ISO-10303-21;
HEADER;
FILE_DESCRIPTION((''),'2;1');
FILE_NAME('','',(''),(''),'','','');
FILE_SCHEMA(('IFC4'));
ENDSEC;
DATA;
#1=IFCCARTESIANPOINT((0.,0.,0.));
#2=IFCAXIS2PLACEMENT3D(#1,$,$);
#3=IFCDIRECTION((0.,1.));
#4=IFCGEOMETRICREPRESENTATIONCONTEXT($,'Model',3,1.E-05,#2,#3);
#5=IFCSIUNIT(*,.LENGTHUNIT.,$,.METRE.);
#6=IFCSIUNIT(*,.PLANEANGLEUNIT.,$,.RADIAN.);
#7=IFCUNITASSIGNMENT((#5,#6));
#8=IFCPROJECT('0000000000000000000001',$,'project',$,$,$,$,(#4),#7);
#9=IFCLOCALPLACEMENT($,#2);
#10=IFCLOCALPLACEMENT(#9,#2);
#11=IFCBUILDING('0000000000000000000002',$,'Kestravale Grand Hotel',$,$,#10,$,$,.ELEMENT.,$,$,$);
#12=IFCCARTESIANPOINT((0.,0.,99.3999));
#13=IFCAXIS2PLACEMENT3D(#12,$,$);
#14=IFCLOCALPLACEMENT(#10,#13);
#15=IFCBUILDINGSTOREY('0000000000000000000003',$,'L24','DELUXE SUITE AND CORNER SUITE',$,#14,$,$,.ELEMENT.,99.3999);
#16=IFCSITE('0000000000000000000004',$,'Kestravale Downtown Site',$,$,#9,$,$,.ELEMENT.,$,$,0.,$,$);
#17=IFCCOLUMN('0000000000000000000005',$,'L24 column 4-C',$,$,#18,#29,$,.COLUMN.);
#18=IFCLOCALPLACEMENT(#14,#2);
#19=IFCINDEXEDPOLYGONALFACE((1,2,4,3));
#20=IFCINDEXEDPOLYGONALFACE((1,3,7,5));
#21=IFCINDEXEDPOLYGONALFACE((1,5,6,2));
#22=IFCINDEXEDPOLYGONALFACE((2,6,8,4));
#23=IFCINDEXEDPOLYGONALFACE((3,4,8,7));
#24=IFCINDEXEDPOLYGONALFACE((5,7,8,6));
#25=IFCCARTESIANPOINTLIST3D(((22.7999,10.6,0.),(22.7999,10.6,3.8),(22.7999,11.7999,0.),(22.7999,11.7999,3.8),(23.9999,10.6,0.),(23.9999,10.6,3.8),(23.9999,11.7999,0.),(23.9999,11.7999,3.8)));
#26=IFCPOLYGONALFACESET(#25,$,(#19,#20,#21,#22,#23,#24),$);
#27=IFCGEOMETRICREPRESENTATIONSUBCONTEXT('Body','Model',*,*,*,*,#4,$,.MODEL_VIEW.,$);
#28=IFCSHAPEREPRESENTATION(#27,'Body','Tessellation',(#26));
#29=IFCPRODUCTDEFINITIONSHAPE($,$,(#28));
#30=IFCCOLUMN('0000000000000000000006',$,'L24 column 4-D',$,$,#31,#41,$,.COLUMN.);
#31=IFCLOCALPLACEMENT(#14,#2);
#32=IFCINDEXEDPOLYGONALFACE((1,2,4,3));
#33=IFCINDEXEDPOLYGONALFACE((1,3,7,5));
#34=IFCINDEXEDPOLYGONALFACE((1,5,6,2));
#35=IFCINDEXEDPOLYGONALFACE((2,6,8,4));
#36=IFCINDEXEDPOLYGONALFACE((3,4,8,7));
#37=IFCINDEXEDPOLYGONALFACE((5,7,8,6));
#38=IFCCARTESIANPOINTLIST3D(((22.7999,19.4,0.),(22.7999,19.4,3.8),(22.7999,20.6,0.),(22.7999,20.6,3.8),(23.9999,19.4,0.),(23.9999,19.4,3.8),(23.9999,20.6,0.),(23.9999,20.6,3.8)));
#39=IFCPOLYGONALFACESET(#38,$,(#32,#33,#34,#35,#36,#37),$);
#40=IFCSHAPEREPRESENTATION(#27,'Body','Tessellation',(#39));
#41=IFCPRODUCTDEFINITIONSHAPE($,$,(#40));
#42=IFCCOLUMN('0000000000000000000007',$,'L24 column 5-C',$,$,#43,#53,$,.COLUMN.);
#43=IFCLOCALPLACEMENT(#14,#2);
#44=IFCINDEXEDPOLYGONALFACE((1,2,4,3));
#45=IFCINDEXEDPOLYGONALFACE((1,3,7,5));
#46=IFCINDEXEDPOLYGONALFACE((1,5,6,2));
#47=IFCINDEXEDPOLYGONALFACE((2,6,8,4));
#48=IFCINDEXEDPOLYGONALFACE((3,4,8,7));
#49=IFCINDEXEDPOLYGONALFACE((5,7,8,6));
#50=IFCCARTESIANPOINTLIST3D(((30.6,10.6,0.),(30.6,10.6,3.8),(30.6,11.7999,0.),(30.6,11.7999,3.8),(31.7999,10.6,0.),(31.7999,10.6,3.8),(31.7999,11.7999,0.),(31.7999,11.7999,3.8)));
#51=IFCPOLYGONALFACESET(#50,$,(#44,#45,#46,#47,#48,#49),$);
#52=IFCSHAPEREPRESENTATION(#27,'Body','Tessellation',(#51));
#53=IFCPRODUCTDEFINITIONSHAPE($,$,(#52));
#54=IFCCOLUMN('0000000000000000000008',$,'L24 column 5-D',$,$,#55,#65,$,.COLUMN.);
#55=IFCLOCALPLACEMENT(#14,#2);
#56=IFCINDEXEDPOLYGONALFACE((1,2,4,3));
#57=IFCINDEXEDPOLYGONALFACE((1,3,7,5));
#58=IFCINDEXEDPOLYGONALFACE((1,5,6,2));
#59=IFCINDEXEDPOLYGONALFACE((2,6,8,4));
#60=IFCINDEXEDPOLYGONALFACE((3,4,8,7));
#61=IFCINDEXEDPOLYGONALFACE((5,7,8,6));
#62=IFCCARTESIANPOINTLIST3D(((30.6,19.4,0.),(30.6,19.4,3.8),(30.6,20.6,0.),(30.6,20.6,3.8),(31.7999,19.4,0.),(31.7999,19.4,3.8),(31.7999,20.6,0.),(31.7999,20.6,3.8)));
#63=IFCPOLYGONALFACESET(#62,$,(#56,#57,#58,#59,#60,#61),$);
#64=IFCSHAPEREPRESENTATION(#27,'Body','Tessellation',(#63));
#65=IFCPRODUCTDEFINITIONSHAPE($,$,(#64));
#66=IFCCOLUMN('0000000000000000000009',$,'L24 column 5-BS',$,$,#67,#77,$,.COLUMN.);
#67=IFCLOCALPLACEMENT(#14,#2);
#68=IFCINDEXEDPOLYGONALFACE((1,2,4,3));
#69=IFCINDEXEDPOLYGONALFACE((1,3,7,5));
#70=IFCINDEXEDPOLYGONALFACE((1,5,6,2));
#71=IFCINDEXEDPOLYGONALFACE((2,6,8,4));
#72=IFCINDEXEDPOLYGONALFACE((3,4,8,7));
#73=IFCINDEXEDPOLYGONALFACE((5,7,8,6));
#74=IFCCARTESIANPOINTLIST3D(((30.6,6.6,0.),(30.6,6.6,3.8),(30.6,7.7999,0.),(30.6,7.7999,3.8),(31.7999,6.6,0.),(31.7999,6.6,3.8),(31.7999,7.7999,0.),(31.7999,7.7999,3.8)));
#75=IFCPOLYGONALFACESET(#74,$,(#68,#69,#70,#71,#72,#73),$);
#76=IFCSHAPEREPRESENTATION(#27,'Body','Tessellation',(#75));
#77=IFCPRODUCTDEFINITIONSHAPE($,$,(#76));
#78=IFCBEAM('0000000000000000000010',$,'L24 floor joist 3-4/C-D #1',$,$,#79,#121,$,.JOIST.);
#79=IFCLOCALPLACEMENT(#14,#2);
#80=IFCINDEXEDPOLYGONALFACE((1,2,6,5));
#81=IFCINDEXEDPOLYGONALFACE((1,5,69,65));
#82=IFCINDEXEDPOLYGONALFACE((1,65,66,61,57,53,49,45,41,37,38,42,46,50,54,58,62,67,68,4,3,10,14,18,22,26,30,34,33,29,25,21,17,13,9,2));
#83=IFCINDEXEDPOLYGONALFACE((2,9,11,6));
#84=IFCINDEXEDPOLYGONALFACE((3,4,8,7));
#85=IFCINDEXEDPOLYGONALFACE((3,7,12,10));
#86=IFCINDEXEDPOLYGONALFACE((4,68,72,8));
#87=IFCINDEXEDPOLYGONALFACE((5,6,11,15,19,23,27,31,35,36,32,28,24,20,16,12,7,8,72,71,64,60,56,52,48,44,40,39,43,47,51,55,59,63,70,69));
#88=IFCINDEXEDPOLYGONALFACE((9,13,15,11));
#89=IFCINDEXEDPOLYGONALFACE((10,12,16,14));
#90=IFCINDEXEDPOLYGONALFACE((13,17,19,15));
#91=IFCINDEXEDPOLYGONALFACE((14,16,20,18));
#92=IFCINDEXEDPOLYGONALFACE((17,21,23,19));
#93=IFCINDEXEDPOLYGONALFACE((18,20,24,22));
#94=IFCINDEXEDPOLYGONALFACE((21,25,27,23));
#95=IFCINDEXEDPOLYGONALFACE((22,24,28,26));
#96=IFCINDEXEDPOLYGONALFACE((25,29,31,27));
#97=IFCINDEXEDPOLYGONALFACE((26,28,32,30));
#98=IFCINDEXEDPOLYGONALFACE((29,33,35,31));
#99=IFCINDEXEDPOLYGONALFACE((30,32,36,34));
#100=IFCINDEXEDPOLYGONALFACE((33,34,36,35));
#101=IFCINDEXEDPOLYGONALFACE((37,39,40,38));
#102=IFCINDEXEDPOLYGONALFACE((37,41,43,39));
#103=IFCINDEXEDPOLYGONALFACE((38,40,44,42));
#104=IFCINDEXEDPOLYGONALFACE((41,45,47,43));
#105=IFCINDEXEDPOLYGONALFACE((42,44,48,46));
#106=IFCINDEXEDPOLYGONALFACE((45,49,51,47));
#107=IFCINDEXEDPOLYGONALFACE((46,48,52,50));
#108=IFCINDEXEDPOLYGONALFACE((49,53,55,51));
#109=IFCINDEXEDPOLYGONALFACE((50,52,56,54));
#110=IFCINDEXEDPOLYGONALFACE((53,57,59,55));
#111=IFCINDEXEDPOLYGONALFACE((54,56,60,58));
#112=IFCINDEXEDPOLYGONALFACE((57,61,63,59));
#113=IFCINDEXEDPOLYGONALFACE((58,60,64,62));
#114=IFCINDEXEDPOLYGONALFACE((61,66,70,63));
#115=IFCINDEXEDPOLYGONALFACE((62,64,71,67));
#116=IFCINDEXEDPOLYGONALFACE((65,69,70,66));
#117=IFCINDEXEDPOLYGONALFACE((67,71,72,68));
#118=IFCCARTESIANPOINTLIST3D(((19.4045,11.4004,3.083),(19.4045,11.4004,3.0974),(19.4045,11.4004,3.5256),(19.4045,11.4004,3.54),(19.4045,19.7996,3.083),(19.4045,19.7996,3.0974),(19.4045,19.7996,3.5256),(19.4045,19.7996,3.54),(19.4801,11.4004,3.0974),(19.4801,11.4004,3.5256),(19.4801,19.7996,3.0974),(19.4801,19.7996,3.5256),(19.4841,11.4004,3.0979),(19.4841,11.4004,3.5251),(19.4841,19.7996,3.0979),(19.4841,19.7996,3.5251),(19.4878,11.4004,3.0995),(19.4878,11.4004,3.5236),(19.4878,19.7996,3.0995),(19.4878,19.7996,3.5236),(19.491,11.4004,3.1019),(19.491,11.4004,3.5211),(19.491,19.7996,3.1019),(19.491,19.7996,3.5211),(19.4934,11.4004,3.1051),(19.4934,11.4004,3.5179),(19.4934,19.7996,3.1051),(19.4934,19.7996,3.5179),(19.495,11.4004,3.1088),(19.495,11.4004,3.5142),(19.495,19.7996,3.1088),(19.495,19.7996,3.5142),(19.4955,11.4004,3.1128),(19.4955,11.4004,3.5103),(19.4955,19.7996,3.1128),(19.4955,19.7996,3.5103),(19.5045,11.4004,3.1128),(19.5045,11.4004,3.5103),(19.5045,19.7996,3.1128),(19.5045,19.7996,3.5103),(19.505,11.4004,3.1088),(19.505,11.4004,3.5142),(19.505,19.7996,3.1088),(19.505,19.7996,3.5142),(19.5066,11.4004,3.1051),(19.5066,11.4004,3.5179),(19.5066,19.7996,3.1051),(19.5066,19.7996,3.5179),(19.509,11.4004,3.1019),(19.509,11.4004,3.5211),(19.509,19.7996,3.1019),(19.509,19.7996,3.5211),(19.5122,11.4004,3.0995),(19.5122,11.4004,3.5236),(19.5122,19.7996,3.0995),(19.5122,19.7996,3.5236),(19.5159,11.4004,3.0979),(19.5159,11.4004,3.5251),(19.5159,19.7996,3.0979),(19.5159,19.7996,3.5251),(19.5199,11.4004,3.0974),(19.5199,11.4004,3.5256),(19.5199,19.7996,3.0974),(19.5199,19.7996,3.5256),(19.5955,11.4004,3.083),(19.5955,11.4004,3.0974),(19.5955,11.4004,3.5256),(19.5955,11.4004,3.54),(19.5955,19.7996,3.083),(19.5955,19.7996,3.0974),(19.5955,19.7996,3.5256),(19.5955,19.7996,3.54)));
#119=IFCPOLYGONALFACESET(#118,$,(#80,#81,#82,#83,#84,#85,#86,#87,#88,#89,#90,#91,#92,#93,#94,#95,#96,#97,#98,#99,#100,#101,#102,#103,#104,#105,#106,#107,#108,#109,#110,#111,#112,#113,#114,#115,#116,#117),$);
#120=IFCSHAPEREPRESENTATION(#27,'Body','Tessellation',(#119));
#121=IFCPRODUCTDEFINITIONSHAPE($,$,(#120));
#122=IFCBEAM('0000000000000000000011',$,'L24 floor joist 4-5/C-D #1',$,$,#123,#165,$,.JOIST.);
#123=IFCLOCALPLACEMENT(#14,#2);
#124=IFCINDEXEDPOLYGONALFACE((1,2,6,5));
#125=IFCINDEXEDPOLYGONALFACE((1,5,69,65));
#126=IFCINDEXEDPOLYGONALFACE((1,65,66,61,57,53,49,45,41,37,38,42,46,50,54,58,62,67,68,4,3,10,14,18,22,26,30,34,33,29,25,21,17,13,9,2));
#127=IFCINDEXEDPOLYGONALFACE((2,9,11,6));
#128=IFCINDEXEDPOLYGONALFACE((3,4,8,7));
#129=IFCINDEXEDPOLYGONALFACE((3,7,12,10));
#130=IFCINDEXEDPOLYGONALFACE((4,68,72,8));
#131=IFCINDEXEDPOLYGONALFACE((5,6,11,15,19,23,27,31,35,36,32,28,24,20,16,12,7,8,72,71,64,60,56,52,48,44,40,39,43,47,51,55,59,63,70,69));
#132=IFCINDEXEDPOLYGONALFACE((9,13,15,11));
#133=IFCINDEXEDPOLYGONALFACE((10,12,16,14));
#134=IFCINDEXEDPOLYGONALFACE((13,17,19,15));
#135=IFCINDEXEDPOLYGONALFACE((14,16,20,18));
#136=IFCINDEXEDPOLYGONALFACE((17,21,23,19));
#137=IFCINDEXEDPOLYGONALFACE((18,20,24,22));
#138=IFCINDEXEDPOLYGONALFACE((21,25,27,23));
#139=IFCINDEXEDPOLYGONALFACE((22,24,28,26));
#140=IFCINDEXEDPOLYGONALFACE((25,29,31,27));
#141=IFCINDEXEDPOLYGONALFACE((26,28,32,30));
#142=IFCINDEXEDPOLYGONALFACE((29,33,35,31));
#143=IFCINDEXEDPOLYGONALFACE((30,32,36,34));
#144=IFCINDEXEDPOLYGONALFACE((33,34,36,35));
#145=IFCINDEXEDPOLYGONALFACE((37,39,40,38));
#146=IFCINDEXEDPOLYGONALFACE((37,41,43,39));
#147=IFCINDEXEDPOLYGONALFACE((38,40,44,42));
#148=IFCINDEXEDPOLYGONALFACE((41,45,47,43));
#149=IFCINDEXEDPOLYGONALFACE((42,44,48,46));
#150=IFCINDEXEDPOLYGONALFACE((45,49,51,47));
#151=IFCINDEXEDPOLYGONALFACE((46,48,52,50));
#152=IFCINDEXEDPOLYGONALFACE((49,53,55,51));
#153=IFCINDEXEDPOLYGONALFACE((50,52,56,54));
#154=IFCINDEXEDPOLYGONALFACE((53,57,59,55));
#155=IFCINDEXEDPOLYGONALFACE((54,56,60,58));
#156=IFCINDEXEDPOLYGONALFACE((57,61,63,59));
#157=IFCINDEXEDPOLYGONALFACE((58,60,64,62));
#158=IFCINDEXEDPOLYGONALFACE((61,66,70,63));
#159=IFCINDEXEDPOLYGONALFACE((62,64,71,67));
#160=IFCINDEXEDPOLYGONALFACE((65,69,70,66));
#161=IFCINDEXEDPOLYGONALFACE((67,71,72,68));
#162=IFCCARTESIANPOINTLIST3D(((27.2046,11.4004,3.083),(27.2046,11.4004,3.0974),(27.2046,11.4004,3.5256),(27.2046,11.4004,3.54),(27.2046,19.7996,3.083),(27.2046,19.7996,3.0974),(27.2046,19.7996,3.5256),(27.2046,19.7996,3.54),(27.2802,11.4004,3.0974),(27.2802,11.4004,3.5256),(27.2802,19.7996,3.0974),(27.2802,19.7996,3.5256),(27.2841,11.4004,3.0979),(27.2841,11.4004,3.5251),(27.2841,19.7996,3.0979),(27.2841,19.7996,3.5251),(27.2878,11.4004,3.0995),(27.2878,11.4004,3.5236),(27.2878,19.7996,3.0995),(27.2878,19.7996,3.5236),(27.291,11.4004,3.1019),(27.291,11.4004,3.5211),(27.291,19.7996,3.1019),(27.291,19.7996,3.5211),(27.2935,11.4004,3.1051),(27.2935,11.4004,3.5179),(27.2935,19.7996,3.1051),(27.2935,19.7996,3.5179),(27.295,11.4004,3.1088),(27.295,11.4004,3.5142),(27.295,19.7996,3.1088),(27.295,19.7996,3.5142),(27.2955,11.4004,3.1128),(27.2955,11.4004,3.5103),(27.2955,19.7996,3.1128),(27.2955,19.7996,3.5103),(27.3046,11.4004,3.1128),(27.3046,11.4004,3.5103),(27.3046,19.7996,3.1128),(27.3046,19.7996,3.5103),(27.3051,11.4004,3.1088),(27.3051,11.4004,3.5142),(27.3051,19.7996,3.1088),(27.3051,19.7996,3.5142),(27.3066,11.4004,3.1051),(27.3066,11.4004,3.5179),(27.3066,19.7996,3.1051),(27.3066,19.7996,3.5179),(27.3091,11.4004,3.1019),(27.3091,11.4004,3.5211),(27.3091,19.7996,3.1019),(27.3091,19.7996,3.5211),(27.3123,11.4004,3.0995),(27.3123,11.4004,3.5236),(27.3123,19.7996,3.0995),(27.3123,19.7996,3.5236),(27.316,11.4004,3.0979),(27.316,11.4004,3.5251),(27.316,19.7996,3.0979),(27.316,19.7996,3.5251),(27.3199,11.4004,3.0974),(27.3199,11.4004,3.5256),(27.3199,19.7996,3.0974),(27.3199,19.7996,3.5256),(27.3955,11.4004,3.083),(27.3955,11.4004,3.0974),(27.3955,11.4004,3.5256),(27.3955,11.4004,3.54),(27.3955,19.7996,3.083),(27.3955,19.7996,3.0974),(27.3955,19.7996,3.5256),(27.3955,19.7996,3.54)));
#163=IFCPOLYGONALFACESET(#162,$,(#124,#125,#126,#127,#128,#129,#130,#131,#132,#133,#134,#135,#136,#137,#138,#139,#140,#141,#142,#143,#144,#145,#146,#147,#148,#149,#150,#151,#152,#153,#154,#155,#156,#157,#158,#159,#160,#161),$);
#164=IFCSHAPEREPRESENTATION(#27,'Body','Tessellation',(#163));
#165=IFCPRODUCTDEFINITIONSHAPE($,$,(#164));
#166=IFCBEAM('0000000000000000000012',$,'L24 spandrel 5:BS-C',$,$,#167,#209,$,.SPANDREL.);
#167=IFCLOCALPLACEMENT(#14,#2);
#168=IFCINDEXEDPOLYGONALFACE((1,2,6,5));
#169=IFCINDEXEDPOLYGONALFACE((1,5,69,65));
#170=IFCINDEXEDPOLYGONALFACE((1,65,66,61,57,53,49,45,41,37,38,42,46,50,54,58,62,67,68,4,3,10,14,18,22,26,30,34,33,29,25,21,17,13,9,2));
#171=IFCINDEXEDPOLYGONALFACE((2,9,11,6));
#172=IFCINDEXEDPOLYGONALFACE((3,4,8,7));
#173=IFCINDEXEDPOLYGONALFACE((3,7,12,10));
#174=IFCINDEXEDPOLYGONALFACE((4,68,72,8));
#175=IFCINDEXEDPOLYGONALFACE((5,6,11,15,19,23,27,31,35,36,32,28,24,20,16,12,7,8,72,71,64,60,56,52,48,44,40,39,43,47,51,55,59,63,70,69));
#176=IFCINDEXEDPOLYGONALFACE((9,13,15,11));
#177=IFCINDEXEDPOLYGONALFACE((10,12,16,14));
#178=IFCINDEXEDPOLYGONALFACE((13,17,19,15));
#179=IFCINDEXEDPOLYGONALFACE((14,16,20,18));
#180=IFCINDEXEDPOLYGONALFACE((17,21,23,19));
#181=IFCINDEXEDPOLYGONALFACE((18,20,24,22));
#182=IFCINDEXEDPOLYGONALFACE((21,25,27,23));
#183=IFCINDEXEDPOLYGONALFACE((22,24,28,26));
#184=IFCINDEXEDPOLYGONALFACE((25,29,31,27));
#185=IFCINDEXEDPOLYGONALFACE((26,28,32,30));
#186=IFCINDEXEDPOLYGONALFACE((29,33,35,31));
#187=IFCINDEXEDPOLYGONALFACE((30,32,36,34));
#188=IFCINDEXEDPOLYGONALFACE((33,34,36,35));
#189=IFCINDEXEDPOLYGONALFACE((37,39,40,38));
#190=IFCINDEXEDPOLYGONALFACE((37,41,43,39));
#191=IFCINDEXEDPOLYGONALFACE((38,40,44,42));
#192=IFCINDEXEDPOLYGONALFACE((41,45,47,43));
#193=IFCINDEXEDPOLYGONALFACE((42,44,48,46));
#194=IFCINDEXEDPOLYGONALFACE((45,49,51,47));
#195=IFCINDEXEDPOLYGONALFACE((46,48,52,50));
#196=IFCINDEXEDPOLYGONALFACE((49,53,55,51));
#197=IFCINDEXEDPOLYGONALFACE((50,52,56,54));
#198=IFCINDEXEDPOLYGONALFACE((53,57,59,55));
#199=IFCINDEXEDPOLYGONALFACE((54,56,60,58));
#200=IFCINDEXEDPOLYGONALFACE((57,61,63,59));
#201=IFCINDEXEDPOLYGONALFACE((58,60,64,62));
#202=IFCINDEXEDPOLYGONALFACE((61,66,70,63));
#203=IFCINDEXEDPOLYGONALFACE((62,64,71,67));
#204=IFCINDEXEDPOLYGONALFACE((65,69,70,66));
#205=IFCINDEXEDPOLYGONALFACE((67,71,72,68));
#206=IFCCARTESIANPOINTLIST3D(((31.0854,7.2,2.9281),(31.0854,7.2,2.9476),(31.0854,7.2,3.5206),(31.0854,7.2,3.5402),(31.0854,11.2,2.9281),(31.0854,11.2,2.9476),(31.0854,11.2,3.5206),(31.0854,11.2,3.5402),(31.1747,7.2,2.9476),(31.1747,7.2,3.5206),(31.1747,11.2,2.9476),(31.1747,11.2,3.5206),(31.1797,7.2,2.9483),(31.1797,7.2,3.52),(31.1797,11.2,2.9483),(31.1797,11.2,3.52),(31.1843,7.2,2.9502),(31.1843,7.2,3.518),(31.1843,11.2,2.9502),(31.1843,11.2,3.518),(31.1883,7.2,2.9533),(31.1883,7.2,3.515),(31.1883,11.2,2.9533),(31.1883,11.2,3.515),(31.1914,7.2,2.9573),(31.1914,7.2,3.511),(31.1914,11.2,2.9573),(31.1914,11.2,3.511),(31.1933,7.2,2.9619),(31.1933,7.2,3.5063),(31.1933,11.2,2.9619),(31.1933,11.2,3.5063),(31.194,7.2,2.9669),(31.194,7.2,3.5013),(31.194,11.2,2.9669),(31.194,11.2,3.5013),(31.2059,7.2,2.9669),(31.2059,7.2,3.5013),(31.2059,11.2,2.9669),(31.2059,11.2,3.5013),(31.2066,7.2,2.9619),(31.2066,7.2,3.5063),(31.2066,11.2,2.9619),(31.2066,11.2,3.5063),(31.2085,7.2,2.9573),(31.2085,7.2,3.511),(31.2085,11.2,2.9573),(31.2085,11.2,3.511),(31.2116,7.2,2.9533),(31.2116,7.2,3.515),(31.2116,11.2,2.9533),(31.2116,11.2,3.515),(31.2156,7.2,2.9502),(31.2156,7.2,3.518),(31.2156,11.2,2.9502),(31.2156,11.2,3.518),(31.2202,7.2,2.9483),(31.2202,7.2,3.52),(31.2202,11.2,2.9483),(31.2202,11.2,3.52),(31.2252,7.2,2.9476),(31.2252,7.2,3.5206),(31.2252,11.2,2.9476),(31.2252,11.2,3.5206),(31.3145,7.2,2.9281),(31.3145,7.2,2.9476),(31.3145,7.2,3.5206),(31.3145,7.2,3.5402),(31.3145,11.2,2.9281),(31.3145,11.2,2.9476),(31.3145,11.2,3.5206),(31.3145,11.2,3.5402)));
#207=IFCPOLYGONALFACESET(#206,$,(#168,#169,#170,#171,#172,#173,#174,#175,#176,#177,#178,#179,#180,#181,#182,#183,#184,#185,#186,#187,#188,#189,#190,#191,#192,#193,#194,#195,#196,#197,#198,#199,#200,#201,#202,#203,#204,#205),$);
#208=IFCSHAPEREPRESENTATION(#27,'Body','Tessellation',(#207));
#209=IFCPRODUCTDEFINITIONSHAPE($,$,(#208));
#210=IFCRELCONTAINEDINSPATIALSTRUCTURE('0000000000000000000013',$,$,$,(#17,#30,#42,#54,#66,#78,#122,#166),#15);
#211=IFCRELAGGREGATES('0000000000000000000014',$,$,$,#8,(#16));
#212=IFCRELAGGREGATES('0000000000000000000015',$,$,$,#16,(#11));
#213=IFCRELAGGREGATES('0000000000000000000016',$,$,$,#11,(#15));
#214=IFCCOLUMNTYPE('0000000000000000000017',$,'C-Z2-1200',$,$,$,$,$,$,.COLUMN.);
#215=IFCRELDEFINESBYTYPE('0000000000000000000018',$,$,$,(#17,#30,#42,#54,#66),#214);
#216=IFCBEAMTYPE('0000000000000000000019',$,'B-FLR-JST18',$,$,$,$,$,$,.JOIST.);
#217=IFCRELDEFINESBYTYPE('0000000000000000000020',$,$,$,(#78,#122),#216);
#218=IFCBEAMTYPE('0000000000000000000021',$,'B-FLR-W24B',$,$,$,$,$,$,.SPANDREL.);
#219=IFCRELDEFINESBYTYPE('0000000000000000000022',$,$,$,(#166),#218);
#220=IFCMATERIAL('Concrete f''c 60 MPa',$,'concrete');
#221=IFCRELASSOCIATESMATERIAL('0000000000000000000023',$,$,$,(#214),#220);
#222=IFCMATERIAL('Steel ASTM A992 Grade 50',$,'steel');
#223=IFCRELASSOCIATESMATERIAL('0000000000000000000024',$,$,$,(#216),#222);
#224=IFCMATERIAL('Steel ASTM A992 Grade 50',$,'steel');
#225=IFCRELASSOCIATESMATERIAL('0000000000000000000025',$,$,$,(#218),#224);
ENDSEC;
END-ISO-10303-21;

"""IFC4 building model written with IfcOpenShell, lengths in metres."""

from ifc_helpers import new_model, si_unit, direction, frame, origin, origin_2d, place, context, subcontext, project, spatial, rectangle, i_section, extrude, material, material_profile, profile_set, type_object, element, save


model = new_model("IFC4")

# Units and contexts
model_context = context("Model", 3, precision=1e-05, world=origin(), true_north=direction((0.0, 1.0)))
body_context = subcontext(model_context, "Body", "Model", "MODEL_VIEW")
ifc_project = project(units=[si_unit("LENGTHUNIT", "METRE"), si_unit("PLANEANGLEUNIT", "RADIAN")], contexts=[model_context])

# Site, building, storey
site_placement = place(None, origin())
site = spatial("IfcSite", under=ifc_project, at=site_placement, Name="Kestravale Downtown Site", CompositionType="ELEMENT", RefElevation=0.0)
building_placement = place(site_placement, origin())
building = spatial("IfcBuilding", under=site, at=building_placement, Name="Kestravale Grand Hotel", CompositionType="ELEMENT")
storey_placement = place(building_placement, frame((0.0, 0.0, 99.3999)))
storey = spatial("IfcBuildingStorey", under=building, at=storey_placement, Name="L24", Description="DELUXE SUITE AND CORNER SUITE", CompositionType="ELEMENT", Elevation=99.3999)

# Columns
ifc_material_1 = material(Name="Concrete f'c 60 MPa", Category="concrete")
ifc_material_profile_1 = material_profile(ifc_material_1, rectangle(XDim=1.2, YDim=1.2, at=origin_2d()))
ifc_profile_set_1 = profile_set([ifc_material_profile_1], Name="Concrete f'c 60 MPa")
column_type = type_object("IfcColumnType", Name="C-Z2-1200", PredefinedType="COLUMN", material=ifc_profile_set_1)
for number, where, z_axis, x_axis, name in (
    (1, (23.3999, 11.2, 0.0), (0.0, 0.0, 1.0), (1.0, 0.0, 0.0), "L24 column 4-C"),
    (2, (23.3999, 20.0, 0.0), (0.0, 0.0, 1.0), (1.0, 0.0, 0.0), "L24 column 4-D"),
    (3, (31.2, 11.2, 0.0), (0.0, 0.0, 1.0), (1.0, 0.0, 0.0), "L24 column 5-C"),
    (4, (31.2, 20.0, 0.0), (0.0, 0.0, 1.0), (1.0, 0.0, 0.0), "L24 column 5-D"),
    (5, (31.2, 7.2, 0.0), (0.0, 0.0, 1.0), (1.0, 0.0, 0.0), "L24 column 5-BS"),
):
    element("IfcColumn", number, at=place(storey_placement, frame(where, z_axis=z_axis, x_axis=x_axis)), inside=storey, type_object=column_type, Name=name, PredefinedType="COLUMN", context=body_context, shape_type="SweptSolid", body=[
        extrude(rectangle(XDim=1.2, YDim=1.2, at=origin_2d()), origin(), (0.0, 0.0, 1.0), 3.8),
    ])

# Beams
ifc_material_2 = material(Name="Steel ASTM A992 Grade 50", Category="steel")
ifc_material_profile_2 = material_profile(ifc_material_2, i_section(OverallWidth=0.1909, OverallDepth=0.457, WebThickness=0.009, FlangeThickness=0.0144, FilletRadius=0.0154, at=origin_2d()))
ifc_profile_set_2 = profile_set([ifc_material_profile_2], Name="Steel ASTM A992 Grade 50")
beam_type_1 = type_object("IfcBeamType", Name="B-FLR-JST18", PredefinedType="JOIST", material=ifc_profile_set_2)
for number, where, z_axis, x_axis, name in (
    (6, (19.5, 11.4004, 3.3115), (0.0, 1.0, 0.0), (-1.0, 0.0, 0.0), "L24 floor joist 3-4/C-D #1"),
    (7, (27.3, 11.4004, 3.3115), (0.0, 1.0, 0.0), (-1.0, 0.0, 0.0), "L24 floor joist 4-5/C-D #1"),
):
    element("IfcBeam", number, at=place(storey_placement, frame(where, z_axis=z_axis, x_axis=x_axis)), inside=storey, type_object=beam_type_1, Name=name, PredefinedType="JOIST", context=body_context, shape_type="SweptSolid", body=[
        extrude(i_section(OverallWidth=0.1909, OverallDepth=0.457, WebThickness=0.009, FlangeThickness=0.0144, FilletRadius=0.0154, at=origin_2d()), origin(), (0.0, 0.0, 1.0), 8.3992),
    ])
ifc_material_3 = material(Name="Steel ASTM A992 Grade 50", Category="steel")
ifc_material_profile_3 = material_profile(ifc_material_3, i_section(OverallWidth=0.229, OverallDepth=0.6121, WebThickness=0.012, FlangeThickness=0.0195, FilletRadius=0.0193, at=origin_2d()))
ifc_profile_set_3 = profile_set([ifc_material_profile_3], Name="Steel ASTM A992 Grade 50")
beam_type_2 = type_object("IfcBeamType", Name="B-FLR-W24B", PredefinedType="SPANDREL", material=ifc_profile_set_3)
beam_1_placement = place(storey_placement, frame((31.2, 7.2, 3.2341), z_axis=(0.0, 1.0, 0.0), x_axis=(-1.0, 0.0, 0.0)))
element("IfcBeam", 8, at=beam_1_placement, inside=storey, type_object=beam_type_2, Name="L24 spandrel 5:BS-C", PredefinedType="SPANDREL", context=body_context, shape_type="SweptSolid", body=[
    extrude(i_section(OverallWidth=0.229, OverallDepth=0.6121, WebThickness=0.012, FlangeThickness=0.0195, FilletRadius=0.0193, at=origin_2d()), origin(), (0.0, 0.0, 1.0), 4.0),
])

save(model, "model.ifc")
